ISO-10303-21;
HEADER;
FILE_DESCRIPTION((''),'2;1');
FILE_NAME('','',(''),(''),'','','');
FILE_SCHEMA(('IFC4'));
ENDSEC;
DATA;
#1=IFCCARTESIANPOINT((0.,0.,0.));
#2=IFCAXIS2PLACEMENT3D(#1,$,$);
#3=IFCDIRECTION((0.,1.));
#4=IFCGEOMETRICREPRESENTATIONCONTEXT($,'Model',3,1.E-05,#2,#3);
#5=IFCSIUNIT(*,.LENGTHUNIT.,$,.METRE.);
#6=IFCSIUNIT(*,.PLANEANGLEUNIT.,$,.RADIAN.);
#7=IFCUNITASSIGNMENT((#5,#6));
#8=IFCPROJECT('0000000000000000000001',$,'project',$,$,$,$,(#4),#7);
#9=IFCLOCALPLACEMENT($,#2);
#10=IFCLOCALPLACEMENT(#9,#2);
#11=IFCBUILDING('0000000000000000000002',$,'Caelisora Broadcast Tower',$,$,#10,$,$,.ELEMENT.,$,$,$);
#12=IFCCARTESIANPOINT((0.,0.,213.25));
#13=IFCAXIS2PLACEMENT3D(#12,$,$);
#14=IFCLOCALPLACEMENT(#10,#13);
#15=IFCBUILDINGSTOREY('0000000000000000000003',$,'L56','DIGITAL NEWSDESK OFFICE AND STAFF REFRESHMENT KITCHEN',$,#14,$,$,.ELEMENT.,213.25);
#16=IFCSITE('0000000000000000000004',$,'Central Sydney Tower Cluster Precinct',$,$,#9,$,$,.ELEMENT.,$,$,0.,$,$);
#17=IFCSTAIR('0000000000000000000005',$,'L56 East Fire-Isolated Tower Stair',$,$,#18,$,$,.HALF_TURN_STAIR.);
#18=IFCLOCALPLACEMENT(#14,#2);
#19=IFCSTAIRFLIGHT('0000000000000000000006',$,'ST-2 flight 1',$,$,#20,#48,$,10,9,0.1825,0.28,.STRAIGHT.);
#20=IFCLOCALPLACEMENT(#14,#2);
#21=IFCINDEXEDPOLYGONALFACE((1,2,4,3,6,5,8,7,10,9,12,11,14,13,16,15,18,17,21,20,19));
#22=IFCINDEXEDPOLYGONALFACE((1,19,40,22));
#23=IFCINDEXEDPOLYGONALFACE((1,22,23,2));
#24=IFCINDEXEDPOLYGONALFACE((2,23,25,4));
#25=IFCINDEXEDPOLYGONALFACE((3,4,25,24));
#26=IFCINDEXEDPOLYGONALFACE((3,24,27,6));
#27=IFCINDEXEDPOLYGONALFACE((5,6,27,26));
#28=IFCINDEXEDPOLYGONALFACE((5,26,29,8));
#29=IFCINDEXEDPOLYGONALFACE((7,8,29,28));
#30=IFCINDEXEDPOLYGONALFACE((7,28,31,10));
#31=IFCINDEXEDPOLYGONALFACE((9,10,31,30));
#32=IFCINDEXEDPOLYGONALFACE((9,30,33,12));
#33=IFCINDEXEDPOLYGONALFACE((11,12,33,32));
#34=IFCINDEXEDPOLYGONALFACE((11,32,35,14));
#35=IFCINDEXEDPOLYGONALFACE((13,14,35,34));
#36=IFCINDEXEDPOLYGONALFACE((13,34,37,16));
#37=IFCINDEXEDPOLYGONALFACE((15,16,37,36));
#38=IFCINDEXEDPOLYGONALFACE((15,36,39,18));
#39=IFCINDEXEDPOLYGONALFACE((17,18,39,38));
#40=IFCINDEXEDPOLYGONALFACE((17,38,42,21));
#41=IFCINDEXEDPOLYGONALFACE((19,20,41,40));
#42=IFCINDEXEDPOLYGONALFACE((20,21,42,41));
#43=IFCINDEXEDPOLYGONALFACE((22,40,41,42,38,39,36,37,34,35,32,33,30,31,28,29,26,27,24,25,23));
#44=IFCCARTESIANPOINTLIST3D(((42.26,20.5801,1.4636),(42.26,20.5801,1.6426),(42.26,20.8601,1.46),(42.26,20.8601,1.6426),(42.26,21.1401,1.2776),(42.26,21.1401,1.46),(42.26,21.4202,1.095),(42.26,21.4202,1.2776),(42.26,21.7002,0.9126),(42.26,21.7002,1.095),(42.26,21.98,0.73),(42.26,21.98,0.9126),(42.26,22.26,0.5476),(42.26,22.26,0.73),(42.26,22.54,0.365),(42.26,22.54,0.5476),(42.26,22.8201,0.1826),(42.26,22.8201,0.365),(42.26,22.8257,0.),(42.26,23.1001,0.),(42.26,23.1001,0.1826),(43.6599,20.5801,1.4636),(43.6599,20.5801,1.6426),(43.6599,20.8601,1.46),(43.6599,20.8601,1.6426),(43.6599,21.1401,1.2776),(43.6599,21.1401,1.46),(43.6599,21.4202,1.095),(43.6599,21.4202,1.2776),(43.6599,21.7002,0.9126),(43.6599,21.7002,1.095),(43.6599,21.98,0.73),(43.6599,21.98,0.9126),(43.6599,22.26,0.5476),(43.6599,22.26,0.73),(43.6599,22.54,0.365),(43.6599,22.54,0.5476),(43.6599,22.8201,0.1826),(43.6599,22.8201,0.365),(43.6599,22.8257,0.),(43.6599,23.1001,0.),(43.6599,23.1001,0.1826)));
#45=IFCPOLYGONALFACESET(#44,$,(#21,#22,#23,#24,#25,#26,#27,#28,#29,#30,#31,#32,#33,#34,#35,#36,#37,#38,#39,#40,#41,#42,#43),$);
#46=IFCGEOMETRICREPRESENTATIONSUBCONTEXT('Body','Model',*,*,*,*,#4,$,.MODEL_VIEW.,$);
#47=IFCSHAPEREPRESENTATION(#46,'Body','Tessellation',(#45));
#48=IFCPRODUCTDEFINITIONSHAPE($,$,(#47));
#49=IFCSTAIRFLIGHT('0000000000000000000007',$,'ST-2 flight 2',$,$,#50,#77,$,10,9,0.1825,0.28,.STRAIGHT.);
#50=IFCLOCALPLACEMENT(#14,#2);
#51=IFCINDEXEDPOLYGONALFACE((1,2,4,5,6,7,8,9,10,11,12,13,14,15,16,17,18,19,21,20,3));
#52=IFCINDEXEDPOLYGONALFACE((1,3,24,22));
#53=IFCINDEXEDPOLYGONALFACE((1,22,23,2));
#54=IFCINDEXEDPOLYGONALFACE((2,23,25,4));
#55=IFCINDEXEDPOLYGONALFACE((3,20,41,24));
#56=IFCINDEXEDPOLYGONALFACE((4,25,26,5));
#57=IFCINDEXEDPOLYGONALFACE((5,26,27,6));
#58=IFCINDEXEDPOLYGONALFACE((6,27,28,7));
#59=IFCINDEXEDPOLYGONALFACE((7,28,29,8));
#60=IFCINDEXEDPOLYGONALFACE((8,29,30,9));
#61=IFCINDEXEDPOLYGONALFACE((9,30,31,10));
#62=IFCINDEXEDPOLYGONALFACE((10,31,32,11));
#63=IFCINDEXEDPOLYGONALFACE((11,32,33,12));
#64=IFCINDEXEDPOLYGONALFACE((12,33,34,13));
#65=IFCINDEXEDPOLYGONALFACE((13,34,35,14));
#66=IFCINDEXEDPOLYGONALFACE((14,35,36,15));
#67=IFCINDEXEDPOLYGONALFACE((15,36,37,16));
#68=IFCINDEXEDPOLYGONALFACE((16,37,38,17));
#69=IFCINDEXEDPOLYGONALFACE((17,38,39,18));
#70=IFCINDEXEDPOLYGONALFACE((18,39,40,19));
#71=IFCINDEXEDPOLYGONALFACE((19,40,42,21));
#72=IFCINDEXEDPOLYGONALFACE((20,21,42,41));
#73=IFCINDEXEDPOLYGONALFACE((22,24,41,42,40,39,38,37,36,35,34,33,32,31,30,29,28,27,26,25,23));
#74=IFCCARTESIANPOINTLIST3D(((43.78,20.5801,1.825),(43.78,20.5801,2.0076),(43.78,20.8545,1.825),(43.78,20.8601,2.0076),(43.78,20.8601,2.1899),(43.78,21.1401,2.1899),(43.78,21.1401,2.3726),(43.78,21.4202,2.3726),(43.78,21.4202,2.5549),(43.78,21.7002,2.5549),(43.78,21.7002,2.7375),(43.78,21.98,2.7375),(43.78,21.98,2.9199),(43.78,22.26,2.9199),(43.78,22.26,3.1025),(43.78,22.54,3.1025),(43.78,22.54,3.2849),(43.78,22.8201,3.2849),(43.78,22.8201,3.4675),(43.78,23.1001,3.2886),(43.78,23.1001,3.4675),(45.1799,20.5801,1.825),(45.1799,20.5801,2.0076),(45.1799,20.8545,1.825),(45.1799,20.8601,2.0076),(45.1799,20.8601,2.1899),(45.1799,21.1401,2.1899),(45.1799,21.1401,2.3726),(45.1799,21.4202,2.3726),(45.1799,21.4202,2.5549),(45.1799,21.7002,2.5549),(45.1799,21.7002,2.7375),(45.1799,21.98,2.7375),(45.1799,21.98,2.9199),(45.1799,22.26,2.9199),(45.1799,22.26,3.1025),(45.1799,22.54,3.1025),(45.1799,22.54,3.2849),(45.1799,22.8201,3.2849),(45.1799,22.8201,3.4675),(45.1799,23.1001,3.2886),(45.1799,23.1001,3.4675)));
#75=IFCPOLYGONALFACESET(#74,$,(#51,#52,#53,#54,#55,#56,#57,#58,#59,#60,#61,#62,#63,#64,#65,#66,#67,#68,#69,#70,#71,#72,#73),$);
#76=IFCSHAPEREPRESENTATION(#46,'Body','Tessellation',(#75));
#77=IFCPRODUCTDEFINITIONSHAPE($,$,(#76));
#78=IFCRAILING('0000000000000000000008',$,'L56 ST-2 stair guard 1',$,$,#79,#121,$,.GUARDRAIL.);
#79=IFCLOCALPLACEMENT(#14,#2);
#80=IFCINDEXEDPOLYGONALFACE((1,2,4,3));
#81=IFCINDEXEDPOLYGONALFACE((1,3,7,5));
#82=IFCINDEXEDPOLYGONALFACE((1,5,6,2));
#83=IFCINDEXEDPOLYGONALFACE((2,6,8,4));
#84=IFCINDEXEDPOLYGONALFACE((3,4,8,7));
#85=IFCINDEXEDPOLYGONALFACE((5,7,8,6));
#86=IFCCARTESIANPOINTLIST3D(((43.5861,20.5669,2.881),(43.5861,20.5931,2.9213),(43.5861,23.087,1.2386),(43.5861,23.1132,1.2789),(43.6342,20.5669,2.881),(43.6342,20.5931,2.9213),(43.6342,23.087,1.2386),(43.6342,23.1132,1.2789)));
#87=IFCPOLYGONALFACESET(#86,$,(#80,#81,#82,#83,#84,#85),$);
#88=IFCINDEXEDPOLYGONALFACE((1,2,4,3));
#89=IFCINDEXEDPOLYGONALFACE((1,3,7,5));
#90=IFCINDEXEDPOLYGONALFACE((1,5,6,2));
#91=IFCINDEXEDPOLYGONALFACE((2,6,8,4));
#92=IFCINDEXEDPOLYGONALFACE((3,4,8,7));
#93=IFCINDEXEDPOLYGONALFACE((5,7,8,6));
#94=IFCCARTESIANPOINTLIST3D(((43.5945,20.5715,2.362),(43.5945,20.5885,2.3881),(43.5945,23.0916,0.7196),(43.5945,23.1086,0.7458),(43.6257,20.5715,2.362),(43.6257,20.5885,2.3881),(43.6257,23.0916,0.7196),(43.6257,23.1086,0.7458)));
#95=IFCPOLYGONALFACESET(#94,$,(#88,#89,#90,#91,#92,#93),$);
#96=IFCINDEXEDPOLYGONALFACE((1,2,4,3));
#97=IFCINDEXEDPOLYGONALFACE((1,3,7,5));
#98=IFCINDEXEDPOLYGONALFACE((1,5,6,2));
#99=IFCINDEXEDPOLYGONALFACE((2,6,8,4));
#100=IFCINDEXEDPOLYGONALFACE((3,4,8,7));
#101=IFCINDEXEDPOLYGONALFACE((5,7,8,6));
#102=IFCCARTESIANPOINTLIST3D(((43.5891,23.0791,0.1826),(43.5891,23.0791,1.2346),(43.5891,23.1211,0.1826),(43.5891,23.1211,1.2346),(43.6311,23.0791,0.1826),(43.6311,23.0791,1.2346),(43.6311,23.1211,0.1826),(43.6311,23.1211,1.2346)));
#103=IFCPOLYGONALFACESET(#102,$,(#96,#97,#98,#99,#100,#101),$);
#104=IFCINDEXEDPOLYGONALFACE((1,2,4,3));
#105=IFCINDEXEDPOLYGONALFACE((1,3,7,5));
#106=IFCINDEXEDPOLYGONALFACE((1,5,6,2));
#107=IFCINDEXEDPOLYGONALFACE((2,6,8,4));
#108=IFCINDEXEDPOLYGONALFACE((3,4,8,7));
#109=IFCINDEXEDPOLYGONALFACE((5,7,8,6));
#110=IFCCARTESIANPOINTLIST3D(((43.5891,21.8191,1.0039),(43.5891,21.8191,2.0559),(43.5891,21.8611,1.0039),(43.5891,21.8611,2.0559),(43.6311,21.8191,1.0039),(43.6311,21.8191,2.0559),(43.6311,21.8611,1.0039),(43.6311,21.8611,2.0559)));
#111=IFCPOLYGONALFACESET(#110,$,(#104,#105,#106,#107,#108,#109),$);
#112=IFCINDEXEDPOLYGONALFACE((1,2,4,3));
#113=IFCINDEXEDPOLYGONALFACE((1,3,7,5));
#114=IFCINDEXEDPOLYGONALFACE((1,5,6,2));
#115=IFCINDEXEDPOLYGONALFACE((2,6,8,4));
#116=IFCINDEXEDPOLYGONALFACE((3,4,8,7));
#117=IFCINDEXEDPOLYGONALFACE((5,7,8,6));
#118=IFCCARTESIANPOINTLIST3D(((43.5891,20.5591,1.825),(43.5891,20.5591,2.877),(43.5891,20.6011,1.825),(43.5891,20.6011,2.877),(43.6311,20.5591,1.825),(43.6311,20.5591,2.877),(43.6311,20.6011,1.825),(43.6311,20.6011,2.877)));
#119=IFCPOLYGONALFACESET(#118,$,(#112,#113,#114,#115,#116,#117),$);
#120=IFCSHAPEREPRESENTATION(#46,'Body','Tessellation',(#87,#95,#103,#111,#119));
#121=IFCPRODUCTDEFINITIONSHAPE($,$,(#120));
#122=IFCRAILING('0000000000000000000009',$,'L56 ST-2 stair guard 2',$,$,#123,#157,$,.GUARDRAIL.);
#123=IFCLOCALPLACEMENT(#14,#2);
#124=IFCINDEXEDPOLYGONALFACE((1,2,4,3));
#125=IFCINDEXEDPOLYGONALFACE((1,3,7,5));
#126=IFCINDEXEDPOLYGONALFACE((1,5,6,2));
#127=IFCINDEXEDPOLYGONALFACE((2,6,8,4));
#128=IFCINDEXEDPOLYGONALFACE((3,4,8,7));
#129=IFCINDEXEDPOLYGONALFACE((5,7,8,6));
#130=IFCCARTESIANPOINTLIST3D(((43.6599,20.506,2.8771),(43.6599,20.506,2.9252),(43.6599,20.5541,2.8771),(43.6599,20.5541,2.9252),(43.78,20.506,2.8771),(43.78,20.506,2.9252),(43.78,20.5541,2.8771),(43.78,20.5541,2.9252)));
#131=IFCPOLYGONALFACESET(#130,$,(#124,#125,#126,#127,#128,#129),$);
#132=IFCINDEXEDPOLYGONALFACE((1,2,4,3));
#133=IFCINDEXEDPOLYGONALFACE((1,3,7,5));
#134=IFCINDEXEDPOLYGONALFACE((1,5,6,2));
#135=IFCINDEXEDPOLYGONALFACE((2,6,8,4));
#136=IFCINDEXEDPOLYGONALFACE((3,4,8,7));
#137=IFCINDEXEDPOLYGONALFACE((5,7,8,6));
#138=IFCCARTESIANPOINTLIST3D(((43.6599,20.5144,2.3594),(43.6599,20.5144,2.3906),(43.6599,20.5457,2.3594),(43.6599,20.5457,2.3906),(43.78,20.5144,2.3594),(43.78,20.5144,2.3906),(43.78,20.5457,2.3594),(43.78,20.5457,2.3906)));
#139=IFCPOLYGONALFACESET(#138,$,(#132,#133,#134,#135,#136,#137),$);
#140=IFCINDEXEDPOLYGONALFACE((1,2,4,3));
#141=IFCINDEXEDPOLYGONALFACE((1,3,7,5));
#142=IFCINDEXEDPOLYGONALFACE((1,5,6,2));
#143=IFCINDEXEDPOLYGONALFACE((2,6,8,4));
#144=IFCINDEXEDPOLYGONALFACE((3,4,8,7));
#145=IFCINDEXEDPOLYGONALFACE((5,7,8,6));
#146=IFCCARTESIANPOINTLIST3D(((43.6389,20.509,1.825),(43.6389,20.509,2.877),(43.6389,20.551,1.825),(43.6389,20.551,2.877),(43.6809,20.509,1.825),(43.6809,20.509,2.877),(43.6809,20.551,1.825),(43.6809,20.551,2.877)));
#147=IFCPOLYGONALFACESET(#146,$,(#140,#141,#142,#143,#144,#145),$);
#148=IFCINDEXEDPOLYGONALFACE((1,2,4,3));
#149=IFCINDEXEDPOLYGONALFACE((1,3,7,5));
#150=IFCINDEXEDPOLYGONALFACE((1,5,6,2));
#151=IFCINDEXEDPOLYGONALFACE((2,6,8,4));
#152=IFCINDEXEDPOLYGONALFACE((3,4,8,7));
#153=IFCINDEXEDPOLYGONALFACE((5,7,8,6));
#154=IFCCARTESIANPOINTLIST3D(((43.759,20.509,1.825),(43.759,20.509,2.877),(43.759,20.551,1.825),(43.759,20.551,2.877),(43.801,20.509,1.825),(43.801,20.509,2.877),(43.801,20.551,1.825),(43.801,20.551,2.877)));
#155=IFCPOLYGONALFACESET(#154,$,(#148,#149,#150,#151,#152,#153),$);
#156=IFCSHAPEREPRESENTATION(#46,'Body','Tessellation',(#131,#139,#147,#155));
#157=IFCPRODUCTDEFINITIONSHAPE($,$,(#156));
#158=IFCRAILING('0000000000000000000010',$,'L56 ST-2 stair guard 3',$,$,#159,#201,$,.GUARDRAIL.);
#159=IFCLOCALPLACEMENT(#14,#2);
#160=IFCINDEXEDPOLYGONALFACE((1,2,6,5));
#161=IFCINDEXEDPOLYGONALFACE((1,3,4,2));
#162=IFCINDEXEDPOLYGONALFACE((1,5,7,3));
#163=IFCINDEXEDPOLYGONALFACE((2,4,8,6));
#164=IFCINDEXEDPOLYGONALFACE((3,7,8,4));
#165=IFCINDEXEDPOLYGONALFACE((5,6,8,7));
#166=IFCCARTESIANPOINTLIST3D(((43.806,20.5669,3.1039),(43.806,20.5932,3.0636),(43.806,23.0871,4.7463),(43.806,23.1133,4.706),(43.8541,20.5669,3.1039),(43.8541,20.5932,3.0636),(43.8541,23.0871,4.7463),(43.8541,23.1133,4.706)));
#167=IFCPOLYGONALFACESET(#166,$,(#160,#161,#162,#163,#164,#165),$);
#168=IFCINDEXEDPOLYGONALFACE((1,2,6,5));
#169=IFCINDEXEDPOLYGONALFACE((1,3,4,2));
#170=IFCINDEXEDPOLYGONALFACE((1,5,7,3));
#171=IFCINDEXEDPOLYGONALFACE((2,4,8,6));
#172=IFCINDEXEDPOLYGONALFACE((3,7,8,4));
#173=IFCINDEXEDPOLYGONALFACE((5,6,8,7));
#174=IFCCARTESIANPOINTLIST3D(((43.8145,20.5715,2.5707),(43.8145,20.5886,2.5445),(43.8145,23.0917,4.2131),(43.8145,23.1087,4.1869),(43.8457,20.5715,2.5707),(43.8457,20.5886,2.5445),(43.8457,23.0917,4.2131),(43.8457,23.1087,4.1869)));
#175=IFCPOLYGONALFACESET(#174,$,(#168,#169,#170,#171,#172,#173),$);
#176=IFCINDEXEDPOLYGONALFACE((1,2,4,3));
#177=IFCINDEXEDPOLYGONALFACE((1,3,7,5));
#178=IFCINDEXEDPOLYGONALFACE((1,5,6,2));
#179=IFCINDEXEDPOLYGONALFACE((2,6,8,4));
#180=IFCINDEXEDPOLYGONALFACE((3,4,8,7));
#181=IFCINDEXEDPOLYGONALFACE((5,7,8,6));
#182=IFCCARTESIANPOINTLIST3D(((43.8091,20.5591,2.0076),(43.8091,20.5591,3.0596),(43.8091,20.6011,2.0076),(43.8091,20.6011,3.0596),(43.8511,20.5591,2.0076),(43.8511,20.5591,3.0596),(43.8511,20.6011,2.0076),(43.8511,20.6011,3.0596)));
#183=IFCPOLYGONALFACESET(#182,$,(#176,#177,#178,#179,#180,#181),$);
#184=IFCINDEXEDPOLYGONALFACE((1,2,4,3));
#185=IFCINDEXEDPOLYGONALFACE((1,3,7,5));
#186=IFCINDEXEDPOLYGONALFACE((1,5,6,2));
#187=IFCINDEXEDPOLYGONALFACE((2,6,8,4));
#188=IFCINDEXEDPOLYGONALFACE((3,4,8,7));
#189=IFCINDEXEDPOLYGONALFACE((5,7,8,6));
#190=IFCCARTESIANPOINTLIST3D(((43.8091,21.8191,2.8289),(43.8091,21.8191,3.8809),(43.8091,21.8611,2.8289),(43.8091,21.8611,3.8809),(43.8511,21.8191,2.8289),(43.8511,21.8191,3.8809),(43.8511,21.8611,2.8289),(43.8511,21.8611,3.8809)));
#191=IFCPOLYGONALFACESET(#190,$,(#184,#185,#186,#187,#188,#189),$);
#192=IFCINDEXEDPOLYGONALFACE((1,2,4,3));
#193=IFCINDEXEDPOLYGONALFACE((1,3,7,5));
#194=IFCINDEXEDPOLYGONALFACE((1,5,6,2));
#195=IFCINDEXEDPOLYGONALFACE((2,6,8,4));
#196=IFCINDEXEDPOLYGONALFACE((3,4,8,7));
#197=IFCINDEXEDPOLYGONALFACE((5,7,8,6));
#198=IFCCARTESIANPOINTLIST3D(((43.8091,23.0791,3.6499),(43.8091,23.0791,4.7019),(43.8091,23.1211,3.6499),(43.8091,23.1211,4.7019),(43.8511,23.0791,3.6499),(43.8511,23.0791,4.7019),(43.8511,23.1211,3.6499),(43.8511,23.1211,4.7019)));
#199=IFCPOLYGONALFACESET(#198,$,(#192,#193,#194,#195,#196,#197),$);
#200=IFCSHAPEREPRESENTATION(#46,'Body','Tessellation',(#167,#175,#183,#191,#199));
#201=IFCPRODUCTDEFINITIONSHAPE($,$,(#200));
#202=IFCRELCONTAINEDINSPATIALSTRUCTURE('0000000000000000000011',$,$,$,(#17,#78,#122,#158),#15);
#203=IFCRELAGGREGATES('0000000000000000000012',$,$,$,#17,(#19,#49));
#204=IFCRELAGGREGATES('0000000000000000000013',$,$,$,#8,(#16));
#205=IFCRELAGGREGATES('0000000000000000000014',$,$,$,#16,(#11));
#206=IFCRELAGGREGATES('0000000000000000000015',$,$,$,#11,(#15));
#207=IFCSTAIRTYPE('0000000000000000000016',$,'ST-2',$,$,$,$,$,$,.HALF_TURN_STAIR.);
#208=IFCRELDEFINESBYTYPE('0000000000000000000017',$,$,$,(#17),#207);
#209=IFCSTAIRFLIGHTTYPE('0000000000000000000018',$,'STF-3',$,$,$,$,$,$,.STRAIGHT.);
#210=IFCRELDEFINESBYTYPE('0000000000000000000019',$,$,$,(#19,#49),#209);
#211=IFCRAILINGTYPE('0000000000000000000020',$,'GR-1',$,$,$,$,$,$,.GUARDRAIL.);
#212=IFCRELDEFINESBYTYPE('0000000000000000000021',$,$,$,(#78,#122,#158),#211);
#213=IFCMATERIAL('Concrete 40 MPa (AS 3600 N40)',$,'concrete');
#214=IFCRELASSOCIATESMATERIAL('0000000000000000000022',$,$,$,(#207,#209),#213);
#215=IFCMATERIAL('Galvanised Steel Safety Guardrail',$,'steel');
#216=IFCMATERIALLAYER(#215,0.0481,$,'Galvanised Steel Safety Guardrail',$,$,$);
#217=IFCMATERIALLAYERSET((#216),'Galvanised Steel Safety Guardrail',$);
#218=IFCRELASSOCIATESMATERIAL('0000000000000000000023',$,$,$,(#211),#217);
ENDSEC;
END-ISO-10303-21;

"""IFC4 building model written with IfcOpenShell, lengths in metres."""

from ifc_helpers import new_model, si_unit, direction, frame, origin, origin_2d, place, context, subcontext, project, spatial, polyline, rectangle, outline, extrude, material, layer, layer_set, type_object, element, aggregate, save


model = new_model("IFC4")

# Units and contexts
model_context = context("Model", 3, precision=1e-05, world=origin(), true_north=direction((0.0, 1.0)))
body_context = subcontext(model_context, "Body", "Model", "MODEL_VIEW")
ifc_project = project(units=[si_unit("LENGTHUNIT", "METRE"), si_unit("PLANEANGLEUNIT", "RADIAN")], contexts=[model_context])

# Site, building, storey
site_placement = place(None, origin())
site = spatial("IfcSite", under=ifc_project, at=site_placement, Name="Central Sydney Tower Cluster Precinct", CompositionType="ELEMENT", RefElevation=0.0)
building_placement = place(site_placement, origin())
building = spatial("IfcBuilding", under=site, at=building_placement, Name="Caelisora Broadcast Tower", CompositionType="ELEMENT")
storey_placement = place(building_placement, frame((0.0, 0.0, 213.25)))
storey = spatial("IfcBuildingStorey", under=building, at=storey_placement, Name="L56", Description="DIGITAL NEWSDESK OFFICE AND STAFF REFRESHMENT KITCHEN", CompositionType="ELEMENT", Elevation=213.25)

# Stair, stair flights
ifc_material_1 = material(Name="Concrete 40 MPa (AS 3600 N40)", Category="concrete")
stair_type = type_object("IfcStairType", Name="ST-2", PredefinedType="HALF_TURN_STAIR", material=ifc_material_1)
stair_placement = place(storey_placement, origin())
stair = element("IfcStair", 1, at=stair_placement, inside=storey, type_object=stair_type, Name="L56 East Fire-Isolated Tower Stair", PredefinedType="HALF_TURN_STAIR")
stair_flight_type = type_object("IfcStairFlightType", Name="STF-3", PredefinedType="STRAIGHT", material=ifc_material_1)
stair_flight_1_placement = place(storey_placement, frame((42.96, 23.1001, 0.0), z_axis=(0.0, 0.0, 1.0), x_axis=(0.0, -1.0, 0.0)))
stair_flight_1 = element("IfcStairFlight", 2, at=stair_flight_1_placement, type_object=stair_flight_type, Name="ST-2 flight 1", NumberOfRisers=10, NumberOfTreads=9, PredefinedType="STRAIGHT", RiserHeight=0.1825, TreadLength=0.28, context=body_context, shape_type="SweptSolid", body=[
    extrude(outline(polyline([(0.0, 0.0), (0.0, 0.1826), (0.28, 0.1826), (0.28, 0.365), (0.5601, 0.365), (0.5601, 0.5476), (0.8401, 0.5476), (0.8401, 0.73), (1.1201, 0.73), (1.1201, 0.9126), (1.3999, 0.9126), (1.3999, 1.095), (1.6799, 1.095), (1.6799, 1.2776), (1.96, 1.2776), (1.96, 1.46), (2.24, 1.46), (2.24, 1.6426), (2.52, 1.6426), (2.52, 1.825), (2.52, 1.4636), (0.2744, 0.0), (0.0, 0.0)])), frame((0.0, 0.7, 0.0), z_axis=(0.0, -1.0, 0.0), x_axis=(1.0, 0.0, 0.0)), (0.0, 0.0, 1.0), 1.3999),
])
stair_flight_2_placement = place(storey_placement, frame((44.48, 20.5801, 1.825), z_axis=(0.0, 0.0, 1.0), x_axis=(0.0, 1.0, 0.0)))
stair_flight_2 = element("IfcStairFlight", 3, at=stair_flight_2_placement, type_object=stair_flight_type, Name="ST-2 flight 2", NumberOfRisers=10, NumberOfTreads=9, PredefinedType="STRAIGHT", RiserHeight=0.1825, TreadLength=0.28, context=body_context, shape_type="SweptSolid", body=[
    extrude(outline(polyline([(0.0, 0.0), (0.0, 0.1826), (0.28, 0.1826), (0.28, 0.365), (0.5601, 0.365), (0.5601, 0.5476), (0.8401, 0.5476), (0.8401, 0.73), (1.1201, 0.73), (1.1201, 0.9126), (1.3999, 0.9126), (1.3999, 1.095), (1.6799, 1.095), (1.6799, 1.2776), (1.96, 1.2776), (1.96, 1.46), (2.24, 1.46), (2.24, 1.6426), (2.52, 1.6426), (2.52, 1.825), (2.52, 1.4636), (0.2744, 0.0), (0.0, 0.0)])), frame((0.0, 0.7, 0.0), z_axis=(0.0, -1.0, 0.0), x_axis=(1.0, 0.0, 0.0)), (0.0, 0.0, 1.0), 1.3999),
])
aggregate(stair, [stair_flight_1, stair_flight_2])

# Railings
ifc_material_2 = material(Name="Galvanised Steel Safety Guardrail", Category="steel")
ifc_layer_1 = layer(ifc_material_2, 0.0481, Name="Galvanised Steel Safety Guardrail")
ifc_layer_set_1 = layer_set([ifc_layer_1], Name="Galvanised Steel Safety Guardrail")
railing_type_1 = type_object("IfcRailingType", Name="GR-1", PredefinedType="GUARDRAIL", material=ifc_layer_set_1)
railing_1_placement = place(storey_placement, frame((43.6101, 23.1001, 0.1826)))
element("IfcRailing", 4, at=railing_1_placement, inside=storey, type_object=railing_type_1, Name="L56 ST-2 stair guard 1", PredefinedType="GUARDRAIL", context=body_context, shape_type="SweptSolid", body=[
    extrude(rectangle(XDim=0.0481, YDim=0.0481, at=origin_2d()), frame((0.0, 0.0, 1.0762), z_axis=(0.0, -0.837787, 0.545998), x_axis=(1.0, 0.0, 0.0)), (0.0, 0.0, 1.0), 3.0081),
    extrude(rectangle(XDim=0.0312, YDim=0.0312, at=origin_2d()), frame((0.0, 0.0, 0.55), z_axis=(0.0, -0.837787, 0.545998), x_axis=(1.0, 0.0, 0.0)), (0.0, 0.0, 1.0), 3.0081),
    extrude(rectangle(XDim=0.042, YDim=0.042, at=origin_2d()), origin(), (0.0, 0.0, 1.0), 1.052),
    extrude(rectangle(XDim=0.042, YDim=0.042, at=origin_2d()), frame((0.0, -1.26, 0.8213)), (0.0, 0.0, 1.0), 1.052),
    extrude(rectangle(XDim=0.042, YDim=0.042, at=origin_2d()), frame((0.0, -2.52, 1.6423)), (0.0, 0.0, 1.0), 1.052),
])
railing_2_placement = place(storey_placement, frame((43.6599, 20.53, 1.825)))
element("IfcRailing", 5, at=railing_2_placement, inside=storey, type_object=railing_type_1, Name="L56 ST-2 stair guard 2", PredefinedType="GUARDRAIL", context=body_context, shape_type="SweptSolid", body=[
    extrude(rectangle(XDim=0.0481, YDim=0.0481, at=origin_2d()), frame((0.0, 0.0, 1.0762), z_axis=(1.0, 0.0, 0.0), x_axis=(0.0, 1.0, 0.0)), (0.0, 0.0, 1.0), 0.1201),
    extrude(rectangle(XDim=0.0312, YDim=0.0312, at=origin_2d()), frame((0.0, 0.0, 0.55), z_axis=(1.0, 0.0, 0.0), x_axis=(0.0, 1.0, 0.0)), (0.0, 0.0, 1.0), 0.1201),
    extrude(rectangle(XDim=0.042, YDim=0.042, at=origin_2d()), origin(), (0.0, 0.0, 1.0), 1.052),
    extrude(rectangle(XDim=0.042, YDim=0.042, at=origin_2d()), frame((0.1201, 0.0, 0.0)), (0.0, 0.0, 1.0), 1.052),
])
railing_3_placement = place(storey_placement, frame((43.8301, 20.5801, 2.0076)))
element("IfcRailing", 6, at=railing_3_placement, inside=storey, type_object=railing_type_1, Name="L56 ST-2 stair guard 3", PredefinedType="GUARDRAIL", context=body_context, shape_type="SweptSolid", body=[
    extrude(rectangle(XDim=0.0481, YDim=0.0481, at=origin_2d()), frame((0.0, 0.0, 1.0762), z_axis=(0.0, 0.837787, 0.545998), x_axis=(-1.0, 0.0, 0.0)), (0.0, 0.0, 1.0), 3.0081),
    extrude(rectangle(XDim=0.0312, YDim=0.0312, at=origin_2d()), frame((0.0, 0.0, 0.55), z_axis=(0.0, 0.837787, 0.545998), x_axis=(-1.0, 0.0, 0.0)), (0.0, 0.0, 1.0), 3.0081),
    extrude(rectangle(XDim=0.042, YDim=0.042, at=origin_2d()), origin(), (0.0, 0.0, 1.0), 1.052),
    extrude(rectangle(XDim=0.042, YDim=0.042, at=origin_2d()), frame((0.0, 1.26, 0.8213)), (0.0, 0.0, 1.0), 1.052),
    extrude(rectangle(XDim=0.042, YDim=0.042, at=origin_2d()), frame((0.0, 2.52, 1.6423)), (0.0, 0.0, 1.0), 1.052),
])

save(model, "model.ifc")
